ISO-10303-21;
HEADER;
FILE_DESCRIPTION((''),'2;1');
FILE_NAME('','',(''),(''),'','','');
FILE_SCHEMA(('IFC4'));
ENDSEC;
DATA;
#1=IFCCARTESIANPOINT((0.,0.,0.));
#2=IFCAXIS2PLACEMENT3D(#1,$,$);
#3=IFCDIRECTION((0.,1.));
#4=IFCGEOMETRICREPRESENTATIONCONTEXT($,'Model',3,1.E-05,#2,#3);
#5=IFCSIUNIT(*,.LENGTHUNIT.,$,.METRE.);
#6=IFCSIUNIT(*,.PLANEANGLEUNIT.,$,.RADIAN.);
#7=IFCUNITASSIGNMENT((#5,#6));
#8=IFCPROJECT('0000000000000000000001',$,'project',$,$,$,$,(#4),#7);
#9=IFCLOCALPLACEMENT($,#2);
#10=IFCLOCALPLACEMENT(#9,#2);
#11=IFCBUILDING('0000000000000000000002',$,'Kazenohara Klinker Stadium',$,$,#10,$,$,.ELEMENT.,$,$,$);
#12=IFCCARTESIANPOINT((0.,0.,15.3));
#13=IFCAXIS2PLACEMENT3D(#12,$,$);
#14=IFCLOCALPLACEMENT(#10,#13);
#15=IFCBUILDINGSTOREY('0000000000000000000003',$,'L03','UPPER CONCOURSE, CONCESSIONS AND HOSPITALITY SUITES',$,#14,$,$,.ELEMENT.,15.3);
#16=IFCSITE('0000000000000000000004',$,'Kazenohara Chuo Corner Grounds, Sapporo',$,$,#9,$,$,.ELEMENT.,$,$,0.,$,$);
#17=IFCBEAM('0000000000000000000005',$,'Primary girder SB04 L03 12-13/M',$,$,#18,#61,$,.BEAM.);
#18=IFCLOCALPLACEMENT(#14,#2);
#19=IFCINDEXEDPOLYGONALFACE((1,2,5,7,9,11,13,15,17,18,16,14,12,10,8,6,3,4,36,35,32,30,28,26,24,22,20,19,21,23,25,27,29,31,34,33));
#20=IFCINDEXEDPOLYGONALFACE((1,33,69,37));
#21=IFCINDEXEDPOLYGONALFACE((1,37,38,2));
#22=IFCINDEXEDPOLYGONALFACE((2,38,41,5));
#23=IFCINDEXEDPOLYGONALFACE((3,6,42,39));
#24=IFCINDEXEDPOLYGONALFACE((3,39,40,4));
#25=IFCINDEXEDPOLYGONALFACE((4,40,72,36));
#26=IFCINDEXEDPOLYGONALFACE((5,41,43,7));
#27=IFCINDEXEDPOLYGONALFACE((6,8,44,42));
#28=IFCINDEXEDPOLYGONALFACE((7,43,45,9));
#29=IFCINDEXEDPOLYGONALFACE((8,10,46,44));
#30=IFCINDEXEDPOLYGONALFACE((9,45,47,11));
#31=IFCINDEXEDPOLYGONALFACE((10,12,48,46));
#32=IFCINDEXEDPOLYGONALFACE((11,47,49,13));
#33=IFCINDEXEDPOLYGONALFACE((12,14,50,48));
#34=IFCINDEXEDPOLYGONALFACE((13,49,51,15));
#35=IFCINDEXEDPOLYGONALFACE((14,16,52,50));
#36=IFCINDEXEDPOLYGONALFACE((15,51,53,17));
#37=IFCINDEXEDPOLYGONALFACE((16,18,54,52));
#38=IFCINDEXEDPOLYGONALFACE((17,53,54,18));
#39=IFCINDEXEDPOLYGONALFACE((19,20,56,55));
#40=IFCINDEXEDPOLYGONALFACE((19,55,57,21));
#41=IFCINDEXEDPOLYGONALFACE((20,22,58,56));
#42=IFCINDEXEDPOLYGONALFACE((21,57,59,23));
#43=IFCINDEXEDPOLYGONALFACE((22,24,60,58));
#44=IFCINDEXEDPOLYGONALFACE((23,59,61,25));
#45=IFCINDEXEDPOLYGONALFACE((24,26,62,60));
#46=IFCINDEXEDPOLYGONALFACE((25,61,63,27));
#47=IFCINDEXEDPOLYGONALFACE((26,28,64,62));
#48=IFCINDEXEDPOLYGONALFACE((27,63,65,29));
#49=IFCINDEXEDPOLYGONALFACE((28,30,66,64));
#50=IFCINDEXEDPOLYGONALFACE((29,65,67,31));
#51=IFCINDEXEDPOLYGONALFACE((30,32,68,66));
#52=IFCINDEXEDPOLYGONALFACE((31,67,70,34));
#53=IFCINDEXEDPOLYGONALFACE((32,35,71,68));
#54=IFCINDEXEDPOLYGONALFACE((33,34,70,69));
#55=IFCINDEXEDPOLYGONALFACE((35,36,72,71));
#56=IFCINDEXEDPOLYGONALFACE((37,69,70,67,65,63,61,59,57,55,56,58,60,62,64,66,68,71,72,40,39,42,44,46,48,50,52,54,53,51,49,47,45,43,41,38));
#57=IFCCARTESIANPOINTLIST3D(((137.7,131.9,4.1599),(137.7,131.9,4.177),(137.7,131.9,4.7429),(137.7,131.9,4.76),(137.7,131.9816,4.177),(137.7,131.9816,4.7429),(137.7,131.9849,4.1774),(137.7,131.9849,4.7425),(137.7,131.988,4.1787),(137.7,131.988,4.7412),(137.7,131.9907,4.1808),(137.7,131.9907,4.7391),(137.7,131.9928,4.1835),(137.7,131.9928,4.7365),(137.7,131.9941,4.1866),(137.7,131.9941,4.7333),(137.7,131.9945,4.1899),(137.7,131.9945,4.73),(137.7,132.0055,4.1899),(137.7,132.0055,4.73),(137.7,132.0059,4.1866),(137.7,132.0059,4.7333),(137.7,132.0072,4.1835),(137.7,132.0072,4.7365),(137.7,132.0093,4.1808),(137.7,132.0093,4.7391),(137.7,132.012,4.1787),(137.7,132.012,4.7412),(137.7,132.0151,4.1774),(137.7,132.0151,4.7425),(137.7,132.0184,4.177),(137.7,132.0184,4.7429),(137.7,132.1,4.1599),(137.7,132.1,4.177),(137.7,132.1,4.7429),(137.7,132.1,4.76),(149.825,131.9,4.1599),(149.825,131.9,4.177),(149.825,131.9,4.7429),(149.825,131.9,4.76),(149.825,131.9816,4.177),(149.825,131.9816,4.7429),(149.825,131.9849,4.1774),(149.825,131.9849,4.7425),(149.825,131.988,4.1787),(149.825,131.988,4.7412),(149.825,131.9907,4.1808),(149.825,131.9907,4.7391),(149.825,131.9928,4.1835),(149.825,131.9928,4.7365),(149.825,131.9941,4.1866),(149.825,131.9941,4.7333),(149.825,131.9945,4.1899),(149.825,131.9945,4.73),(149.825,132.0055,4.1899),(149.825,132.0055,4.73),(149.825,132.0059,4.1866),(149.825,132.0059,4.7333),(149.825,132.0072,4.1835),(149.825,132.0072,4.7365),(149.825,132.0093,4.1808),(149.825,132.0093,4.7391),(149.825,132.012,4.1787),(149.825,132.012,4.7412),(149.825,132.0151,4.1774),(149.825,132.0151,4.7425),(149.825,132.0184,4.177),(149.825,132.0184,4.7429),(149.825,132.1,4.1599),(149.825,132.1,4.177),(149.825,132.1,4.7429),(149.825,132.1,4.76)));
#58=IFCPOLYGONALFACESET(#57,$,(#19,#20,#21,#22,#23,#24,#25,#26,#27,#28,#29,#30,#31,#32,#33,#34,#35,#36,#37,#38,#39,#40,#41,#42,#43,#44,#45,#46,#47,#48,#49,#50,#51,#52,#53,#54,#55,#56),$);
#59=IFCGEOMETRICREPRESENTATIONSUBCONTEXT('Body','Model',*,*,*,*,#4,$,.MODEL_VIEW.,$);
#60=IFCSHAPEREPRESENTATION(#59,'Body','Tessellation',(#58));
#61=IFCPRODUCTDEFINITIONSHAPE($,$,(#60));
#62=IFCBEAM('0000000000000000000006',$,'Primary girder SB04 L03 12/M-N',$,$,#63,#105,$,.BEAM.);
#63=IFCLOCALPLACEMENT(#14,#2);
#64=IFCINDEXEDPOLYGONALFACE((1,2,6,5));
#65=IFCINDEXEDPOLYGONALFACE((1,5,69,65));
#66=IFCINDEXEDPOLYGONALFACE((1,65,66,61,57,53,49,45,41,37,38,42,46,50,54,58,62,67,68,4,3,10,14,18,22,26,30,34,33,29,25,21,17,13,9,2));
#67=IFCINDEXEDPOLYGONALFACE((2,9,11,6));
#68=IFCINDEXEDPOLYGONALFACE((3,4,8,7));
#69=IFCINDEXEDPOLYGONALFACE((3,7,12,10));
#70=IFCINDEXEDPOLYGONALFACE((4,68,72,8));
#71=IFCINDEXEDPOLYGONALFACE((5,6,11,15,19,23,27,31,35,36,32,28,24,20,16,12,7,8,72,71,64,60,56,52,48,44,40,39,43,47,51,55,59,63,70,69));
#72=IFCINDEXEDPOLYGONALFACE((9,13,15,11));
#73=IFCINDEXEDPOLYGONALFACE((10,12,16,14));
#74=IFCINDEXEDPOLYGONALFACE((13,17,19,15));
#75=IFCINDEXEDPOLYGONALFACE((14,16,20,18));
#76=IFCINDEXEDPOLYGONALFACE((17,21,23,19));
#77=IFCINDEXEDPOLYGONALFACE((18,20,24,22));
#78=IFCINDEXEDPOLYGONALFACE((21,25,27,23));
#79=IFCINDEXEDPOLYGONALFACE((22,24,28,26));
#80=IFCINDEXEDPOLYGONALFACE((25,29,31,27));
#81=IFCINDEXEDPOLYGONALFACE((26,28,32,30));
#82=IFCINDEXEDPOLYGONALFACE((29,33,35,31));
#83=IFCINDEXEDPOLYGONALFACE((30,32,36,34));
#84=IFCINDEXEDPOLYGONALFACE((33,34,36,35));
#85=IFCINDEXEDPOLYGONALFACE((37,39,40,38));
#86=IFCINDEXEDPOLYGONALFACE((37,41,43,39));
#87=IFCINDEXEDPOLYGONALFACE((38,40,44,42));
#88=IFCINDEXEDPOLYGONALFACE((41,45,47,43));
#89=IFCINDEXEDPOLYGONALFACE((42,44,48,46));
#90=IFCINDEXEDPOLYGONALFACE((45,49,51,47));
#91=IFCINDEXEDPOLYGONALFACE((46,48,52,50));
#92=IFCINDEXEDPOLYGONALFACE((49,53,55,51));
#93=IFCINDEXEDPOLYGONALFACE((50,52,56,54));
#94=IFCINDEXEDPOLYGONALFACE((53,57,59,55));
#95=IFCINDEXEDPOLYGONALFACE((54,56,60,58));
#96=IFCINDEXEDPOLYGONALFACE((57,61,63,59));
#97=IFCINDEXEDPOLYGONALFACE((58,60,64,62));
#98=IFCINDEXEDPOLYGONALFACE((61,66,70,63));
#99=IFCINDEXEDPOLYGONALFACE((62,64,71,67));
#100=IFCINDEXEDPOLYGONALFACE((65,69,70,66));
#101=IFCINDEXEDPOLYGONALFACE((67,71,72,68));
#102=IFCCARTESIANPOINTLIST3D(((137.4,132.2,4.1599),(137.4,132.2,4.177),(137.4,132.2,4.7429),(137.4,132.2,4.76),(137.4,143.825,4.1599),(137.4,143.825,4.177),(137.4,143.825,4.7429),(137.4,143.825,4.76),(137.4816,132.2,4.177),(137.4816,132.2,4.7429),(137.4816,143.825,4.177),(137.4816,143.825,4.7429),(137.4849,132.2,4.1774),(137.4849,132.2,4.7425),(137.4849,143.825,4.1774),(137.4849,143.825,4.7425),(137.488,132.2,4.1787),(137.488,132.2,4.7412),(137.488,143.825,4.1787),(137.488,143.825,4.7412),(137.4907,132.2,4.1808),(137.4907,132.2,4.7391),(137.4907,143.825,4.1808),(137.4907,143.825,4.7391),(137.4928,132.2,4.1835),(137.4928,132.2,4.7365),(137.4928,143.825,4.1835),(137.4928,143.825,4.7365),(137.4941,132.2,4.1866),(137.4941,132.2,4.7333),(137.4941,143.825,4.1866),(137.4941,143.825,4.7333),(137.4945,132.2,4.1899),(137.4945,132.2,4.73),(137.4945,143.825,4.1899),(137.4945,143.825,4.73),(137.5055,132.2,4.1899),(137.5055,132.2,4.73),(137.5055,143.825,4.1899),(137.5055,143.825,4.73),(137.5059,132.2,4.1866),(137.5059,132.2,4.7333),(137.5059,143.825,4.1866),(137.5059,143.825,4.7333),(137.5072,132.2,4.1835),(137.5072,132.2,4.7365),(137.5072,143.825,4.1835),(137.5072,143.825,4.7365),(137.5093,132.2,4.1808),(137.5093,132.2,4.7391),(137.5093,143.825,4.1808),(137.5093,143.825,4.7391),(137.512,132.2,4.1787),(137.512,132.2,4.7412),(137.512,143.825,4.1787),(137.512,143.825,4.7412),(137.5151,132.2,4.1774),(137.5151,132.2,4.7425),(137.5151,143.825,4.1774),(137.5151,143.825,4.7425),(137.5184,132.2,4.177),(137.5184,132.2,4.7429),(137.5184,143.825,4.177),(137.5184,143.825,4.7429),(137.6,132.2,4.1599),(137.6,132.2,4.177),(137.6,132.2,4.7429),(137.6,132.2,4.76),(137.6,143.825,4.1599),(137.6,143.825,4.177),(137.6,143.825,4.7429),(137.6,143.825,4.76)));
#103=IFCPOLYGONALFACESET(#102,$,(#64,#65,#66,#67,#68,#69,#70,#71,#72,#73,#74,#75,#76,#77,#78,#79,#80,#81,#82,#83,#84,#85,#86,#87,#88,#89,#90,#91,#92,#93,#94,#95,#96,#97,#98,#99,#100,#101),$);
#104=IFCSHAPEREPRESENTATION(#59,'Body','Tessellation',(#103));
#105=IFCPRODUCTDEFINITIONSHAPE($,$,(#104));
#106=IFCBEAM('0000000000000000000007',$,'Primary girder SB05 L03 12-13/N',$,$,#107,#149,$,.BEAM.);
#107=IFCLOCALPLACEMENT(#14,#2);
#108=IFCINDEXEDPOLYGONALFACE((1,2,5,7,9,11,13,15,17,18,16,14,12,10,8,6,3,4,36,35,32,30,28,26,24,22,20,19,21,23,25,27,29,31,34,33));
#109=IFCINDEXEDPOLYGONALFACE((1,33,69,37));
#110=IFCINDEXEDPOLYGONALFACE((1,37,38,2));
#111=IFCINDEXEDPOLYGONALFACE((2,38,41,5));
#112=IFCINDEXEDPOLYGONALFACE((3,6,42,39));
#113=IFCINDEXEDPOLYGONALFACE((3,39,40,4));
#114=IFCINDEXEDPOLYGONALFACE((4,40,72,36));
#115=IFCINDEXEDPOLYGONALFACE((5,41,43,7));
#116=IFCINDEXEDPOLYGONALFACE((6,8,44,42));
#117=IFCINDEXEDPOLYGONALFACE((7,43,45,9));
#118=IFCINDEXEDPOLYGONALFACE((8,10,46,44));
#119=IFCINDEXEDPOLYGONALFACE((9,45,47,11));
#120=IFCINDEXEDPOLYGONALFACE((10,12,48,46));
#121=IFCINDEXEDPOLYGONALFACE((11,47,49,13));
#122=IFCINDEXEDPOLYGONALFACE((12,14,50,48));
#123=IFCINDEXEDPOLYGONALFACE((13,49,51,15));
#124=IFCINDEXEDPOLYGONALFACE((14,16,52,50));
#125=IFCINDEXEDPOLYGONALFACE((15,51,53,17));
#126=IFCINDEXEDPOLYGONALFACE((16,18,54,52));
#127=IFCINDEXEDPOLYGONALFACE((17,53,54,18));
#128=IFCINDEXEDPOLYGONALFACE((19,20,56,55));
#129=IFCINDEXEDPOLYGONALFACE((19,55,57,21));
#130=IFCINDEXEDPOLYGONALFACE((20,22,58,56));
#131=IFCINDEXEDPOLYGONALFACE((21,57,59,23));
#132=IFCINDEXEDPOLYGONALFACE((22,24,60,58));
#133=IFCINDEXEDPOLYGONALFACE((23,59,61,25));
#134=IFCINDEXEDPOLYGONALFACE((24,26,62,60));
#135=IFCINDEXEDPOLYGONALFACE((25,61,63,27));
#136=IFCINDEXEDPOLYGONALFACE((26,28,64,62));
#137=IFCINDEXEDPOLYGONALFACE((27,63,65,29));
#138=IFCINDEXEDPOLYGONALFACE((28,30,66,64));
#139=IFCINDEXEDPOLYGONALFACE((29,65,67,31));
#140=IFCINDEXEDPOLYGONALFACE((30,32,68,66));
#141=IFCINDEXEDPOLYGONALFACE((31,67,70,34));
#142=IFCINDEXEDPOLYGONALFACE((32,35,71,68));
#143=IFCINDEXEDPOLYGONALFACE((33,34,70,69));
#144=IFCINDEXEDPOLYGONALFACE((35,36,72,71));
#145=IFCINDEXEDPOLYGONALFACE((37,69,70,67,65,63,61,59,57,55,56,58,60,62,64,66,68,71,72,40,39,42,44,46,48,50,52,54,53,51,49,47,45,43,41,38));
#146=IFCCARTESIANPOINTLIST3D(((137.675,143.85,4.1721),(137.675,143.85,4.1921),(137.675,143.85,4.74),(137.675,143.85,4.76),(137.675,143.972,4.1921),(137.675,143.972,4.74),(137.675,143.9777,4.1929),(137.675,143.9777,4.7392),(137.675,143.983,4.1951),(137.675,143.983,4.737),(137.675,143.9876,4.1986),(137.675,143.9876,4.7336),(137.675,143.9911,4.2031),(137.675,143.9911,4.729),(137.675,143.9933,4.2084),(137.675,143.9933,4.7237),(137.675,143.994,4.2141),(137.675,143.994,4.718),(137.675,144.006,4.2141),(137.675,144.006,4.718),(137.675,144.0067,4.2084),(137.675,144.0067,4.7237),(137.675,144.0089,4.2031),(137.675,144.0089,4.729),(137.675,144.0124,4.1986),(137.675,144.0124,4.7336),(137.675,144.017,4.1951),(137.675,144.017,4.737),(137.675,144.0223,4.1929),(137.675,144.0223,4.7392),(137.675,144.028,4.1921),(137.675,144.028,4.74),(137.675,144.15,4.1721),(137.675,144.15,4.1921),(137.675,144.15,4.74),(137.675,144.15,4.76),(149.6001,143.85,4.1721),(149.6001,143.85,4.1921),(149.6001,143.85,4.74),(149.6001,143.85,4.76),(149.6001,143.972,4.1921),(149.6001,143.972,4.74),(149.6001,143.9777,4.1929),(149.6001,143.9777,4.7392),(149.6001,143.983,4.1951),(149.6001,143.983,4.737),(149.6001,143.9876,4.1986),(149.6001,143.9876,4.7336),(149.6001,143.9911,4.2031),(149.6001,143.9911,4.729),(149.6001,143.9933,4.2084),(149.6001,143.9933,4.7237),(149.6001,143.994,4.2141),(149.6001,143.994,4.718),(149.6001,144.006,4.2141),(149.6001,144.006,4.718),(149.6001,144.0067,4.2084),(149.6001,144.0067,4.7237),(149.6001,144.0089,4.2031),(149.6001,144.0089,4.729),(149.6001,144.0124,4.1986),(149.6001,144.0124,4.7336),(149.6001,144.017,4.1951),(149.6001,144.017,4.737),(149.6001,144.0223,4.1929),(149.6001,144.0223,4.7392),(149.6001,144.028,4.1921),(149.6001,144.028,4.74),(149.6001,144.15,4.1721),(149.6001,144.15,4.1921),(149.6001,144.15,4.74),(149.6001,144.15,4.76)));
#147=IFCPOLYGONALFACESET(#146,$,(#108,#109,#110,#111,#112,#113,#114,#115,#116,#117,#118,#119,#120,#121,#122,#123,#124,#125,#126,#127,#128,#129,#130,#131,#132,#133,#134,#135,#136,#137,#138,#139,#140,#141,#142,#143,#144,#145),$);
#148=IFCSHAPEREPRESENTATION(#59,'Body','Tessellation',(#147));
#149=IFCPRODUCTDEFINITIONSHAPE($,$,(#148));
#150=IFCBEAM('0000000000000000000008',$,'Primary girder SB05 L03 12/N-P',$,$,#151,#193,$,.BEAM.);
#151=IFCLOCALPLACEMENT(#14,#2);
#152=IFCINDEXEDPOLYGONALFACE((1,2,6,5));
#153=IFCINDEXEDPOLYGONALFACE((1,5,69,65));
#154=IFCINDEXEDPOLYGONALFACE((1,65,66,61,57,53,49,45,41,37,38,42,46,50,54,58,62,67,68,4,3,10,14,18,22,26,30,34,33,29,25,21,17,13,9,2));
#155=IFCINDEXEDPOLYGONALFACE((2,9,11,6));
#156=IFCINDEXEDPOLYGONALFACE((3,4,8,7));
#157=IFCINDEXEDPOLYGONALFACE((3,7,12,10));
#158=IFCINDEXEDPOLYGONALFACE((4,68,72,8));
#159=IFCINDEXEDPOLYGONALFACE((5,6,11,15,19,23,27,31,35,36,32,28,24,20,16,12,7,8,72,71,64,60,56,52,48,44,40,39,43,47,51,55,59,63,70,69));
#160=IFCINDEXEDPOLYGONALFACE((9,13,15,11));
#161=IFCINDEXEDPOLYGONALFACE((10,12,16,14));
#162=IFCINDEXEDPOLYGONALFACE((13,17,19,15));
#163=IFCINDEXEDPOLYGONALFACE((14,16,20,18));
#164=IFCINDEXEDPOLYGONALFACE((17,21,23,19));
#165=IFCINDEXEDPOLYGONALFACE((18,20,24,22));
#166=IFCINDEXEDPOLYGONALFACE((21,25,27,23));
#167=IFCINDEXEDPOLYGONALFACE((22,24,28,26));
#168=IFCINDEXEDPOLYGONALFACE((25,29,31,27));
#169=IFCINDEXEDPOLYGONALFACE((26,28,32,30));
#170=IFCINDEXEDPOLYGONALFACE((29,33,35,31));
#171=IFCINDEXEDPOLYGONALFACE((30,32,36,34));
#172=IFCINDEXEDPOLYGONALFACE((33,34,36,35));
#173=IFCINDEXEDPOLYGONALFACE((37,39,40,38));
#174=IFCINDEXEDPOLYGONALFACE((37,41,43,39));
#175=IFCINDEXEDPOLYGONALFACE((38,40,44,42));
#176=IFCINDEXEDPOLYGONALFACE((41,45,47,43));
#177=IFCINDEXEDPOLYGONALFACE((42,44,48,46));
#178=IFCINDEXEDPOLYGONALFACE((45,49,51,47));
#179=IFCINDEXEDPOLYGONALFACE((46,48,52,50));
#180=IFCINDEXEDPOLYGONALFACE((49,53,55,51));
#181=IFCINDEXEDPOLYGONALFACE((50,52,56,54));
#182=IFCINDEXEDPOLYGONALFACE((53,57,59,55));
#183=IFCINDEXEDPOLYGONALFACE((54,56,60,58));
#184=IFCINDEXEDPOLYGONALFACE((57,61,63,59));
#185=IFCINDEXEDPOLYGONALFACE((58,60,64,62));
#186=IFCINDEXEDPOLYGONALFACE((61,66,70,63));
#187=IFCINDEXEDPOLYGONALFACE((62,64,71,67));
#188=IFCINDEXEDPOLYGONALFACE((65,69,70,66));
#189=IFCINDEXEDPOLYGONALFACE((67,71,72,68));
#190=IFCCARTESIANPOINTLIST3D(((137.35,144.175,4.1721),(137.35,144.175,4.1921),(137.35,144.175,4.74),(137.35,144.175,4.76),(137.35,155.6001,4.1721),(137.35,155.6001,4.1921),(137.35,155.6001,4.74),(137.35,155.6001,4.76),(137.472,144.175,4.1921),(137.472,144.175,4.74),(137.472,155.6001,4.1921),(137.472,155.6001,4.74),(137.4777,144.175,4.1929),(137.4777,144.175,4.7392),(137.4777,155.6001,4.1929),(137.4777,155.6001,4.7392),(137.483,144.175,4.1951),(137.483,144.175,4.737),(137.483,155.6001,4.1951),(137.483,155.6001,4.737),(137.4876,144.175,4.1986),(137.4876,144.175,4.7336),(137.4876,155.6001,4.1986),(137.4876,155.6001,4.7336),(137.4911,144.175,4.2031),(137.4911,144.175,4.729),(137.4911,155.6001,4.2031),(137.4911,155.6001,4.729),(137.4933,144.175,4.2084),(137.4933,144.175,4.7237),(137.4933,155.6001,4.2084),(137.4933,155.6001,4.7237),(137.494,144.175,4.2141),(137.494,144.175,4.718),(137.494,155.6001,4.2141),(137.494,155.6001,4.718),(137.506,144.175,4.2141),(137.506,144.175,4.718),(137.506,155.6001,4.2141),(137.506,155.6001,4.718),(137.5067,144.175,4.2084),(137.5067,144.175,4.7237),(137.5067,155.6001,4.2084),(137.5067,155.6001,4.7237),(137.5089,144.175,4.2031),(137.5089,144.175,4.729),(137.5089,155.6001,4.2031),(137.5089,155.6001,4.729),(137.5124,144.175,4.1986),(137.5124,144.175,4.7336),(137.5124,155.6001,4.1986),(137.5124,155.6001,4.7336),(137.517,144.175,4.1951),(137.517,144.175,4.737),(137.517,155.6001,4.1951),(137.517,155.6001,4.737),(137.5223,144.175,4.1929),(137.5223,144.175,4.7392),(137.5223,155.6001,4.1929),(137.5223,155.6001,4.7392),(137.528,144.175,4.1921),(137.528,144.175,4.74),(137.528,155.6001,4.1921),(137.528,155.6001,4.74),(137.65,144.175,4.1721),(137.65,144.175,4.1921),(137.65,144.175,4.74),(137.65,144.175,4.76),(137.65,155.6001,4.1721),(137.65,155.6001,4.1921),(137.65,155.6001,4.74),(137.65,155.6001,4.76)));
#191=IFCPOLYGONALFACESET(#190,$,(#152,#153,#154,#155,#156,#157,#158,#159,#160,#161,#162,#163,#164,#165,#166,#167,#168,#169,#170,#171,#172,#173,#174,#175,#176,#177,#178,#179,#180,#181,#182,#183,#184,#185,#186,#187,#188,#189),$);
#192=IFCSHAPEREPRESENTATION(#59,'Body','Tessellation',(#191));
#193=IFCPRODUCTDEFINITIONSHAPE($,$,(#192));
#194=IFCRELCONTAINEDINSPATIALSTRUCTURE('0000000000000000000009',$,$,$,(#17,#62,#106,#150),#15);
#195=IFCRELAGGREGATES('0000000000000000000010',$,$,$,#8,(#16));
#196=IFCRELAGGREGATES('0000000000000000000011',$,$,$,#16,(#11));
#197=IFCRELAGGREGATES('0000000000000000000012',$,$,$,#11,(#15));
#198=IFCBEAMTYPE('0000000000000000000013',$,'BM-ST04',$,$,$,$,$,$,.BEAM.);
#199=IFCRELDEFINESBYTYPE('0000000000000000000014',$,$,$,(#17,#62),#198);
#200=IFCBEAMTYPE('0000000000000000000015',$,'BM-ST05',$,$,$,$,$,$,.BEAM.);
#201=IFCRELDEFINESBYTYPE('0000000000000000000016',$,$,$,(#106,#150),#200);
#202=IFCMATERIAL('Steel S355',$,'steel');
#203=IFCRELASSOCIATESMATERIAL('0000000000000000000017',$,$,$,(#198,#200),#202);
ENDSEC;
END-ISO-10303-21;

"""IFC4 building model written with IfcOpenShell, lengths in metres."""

from ifc_helpers import new_model, si_unit, direction, frame, origin, origin_2d, place, context, subcontext, project, spatial, i_section, extrude, material, material_profile, profile_set, type_object, element, save


model = new_model("IFC4")

# Units and contexts
model_context = context("Model", 3, precision=1e-05, world=origin(), true_north=direction((0.0, 1.0)))
body_context = subcontext(model_context, "Body", "Model", "MODEL_VIEW")
ifc_project = project(units=[si_unit("LENGTHUNIT", "METRE"), si_unit("PLANEANGLEUNIT", "RADIAN")], contexts=[model_context])

# Site, building, storey
site_placement = place(None, origin())
site = spatial("IfcSite", under=ifc_project, at=site_placement, Name="Kazenohara Chuo Corner Grounds, Sapporo", CompositionType="ELEMENT", RefElevation=0.0)
building_placement = place(site_placement, origin())
building = spatial("IfcBuilding", under=site, at=building_placement, Name="Kazenohara Klinker Stadium", CompositionType="ELEMENT")
storey_placement = place(building_placement, frame((0.0, 0.0, 15.3)))
storey = spatial("IfcBuildingStorey", under=building, at=storey_placement, Name="L03", Description="UPPER CONCOURSE, CONCESSIONS AND HOSPITALITY SUITES", CompositionType="ELEMENT", Elevation=15.3)

# Shared definitions
ifc_material_1 = material(Name="Steel S355", Category="steel")

# Beams
ifc_material_profile_1 = material_profile(ifc_material_1, i_section(OverallWidth=0.2, OverallDepth=0.6001, WebThickness=0.011, FlangeThickness=0.0171, FilletRadius=0.0129, at=origin_2d()), Name="H-600x200x11x17")
ifc_profile_set_1 = profile_set([ifc_material_profile_1], Name="Steel S355")
beam_type_1 = type_object("IfcBeamType", Name="BM-ST04", PredefinedType="BEAM", material=ifc_profile_set_1)
for number, where, z_axis, x_axis, name in (
    (1, (137.7, 132.0, 4.46), (1.0, 0.0, 0.0), (0.0, 1.0, 0.0), "Primary girder SB04 L03 12-13/M"),
):
    element("IfcBeam", number, at=place(storey_placement, frame(where, z_axis=z_axis, x_axis=x_axis)), inside=storey, type_object=beam_type_1, Name=name, PredefinedType="BEAM", context=body_context, shape_type="SweptSolid", body=[
        extrude(i_section(OverallWidth=0.2, OverallDepth=0.6001, WebThickness=0.011, FlangeThickness=0.0171, FilletRadius=0.0129, at=origin_2d()), origin(), (0.0, 0.0, 1.0), 12.125),
    ])
beam_1_placement = place(storey_placement, frame((137.5, 132.2, 4.46), z_axis=(0.0, 1.0, 0.0), x_axis=(-1.0, 0.0, 0.0)))
element("IfcBeam", 2, at=beam_1_placement, inside=storey, type_object=beam_type_1, Name="Primary girder SB04 L03 12/M-N", PredefinedType="BEAM", context=body_context, shape_type="SweptSolid", body=[
    extrude(i_section(OverallWidth=0.2, OverallDepth=0.6001, WebThickness=0.011, FlangeThickness=0.0171, FilletRadius=0.0129, at=origin_2d()), origin(), (0.0, 0.0, 1.0), 11.625),
])
ifc_material_profile_2 = material_profile(ifc_material_1, i_section(OverallWidth=0.3, OverallDepth=0.5879, WebThickness=0.012, FlangeThickness=0.02, FilletRadius=0.022, at=origin_2d()), Name="H-588x300x12x20")
ifc_profile_set_2 = profile_set([ifc_material_profile_2], Name="Steel S355")
beam_type_2 = type_object("IfcBeamType", Name="BM-ST05", PredefinedType="BEAM", material=ifc_profile_set_2)
beam_2_placement = place(storey_placement, frame((137.675, 144.0, 4.4661), z_axis=(1.0, 0.0, 0.0), x_axis=(0.0, 1.0, 0.0)))
element("IfcBeam", 3, at=beam_2_placement, inside=storey, type_object=beam_type_2, Name="Primary girder SB05 L03 12-13/N", PredefinedType="BEAM", context=body_context, shape_type="SweptSolid", body=[
    extrude(i_section(OverallWidth=0.3, OverallDepth=0.5879, WebThickness=0.012, FlangeThickness=0.02, FilletRadius=0.022, at=origin_2d()), origin(), (0.0, 0.0, 1.0), 11.925),
])
beam_3_placement = place(storey_placement, frame((137.5, 144.175, 4.4661), z_axis=(0.0, 1.0, 0.0), x_axis=(-1.0, 0.0, 0.0)))
element("IfcBeam", 4, at=beam_3_placement, inside=storey, type_object=beam_type_2, Name="Primary girder SB05 L03 12/N-P", PredefinedType="BEAM", context=body_context, shape_type="SweptSolid", body=[
    extrude(i_section(OverallWidth=0.3, OverallDepth=0.5879, WebThickness=0.012, FlangeThickness=0.02, FilletRadius=0.022, at=origin_2d()), origin(), (0.0, 0.0, 1.0), 11.425),
])

save(model, "model.ifc")
